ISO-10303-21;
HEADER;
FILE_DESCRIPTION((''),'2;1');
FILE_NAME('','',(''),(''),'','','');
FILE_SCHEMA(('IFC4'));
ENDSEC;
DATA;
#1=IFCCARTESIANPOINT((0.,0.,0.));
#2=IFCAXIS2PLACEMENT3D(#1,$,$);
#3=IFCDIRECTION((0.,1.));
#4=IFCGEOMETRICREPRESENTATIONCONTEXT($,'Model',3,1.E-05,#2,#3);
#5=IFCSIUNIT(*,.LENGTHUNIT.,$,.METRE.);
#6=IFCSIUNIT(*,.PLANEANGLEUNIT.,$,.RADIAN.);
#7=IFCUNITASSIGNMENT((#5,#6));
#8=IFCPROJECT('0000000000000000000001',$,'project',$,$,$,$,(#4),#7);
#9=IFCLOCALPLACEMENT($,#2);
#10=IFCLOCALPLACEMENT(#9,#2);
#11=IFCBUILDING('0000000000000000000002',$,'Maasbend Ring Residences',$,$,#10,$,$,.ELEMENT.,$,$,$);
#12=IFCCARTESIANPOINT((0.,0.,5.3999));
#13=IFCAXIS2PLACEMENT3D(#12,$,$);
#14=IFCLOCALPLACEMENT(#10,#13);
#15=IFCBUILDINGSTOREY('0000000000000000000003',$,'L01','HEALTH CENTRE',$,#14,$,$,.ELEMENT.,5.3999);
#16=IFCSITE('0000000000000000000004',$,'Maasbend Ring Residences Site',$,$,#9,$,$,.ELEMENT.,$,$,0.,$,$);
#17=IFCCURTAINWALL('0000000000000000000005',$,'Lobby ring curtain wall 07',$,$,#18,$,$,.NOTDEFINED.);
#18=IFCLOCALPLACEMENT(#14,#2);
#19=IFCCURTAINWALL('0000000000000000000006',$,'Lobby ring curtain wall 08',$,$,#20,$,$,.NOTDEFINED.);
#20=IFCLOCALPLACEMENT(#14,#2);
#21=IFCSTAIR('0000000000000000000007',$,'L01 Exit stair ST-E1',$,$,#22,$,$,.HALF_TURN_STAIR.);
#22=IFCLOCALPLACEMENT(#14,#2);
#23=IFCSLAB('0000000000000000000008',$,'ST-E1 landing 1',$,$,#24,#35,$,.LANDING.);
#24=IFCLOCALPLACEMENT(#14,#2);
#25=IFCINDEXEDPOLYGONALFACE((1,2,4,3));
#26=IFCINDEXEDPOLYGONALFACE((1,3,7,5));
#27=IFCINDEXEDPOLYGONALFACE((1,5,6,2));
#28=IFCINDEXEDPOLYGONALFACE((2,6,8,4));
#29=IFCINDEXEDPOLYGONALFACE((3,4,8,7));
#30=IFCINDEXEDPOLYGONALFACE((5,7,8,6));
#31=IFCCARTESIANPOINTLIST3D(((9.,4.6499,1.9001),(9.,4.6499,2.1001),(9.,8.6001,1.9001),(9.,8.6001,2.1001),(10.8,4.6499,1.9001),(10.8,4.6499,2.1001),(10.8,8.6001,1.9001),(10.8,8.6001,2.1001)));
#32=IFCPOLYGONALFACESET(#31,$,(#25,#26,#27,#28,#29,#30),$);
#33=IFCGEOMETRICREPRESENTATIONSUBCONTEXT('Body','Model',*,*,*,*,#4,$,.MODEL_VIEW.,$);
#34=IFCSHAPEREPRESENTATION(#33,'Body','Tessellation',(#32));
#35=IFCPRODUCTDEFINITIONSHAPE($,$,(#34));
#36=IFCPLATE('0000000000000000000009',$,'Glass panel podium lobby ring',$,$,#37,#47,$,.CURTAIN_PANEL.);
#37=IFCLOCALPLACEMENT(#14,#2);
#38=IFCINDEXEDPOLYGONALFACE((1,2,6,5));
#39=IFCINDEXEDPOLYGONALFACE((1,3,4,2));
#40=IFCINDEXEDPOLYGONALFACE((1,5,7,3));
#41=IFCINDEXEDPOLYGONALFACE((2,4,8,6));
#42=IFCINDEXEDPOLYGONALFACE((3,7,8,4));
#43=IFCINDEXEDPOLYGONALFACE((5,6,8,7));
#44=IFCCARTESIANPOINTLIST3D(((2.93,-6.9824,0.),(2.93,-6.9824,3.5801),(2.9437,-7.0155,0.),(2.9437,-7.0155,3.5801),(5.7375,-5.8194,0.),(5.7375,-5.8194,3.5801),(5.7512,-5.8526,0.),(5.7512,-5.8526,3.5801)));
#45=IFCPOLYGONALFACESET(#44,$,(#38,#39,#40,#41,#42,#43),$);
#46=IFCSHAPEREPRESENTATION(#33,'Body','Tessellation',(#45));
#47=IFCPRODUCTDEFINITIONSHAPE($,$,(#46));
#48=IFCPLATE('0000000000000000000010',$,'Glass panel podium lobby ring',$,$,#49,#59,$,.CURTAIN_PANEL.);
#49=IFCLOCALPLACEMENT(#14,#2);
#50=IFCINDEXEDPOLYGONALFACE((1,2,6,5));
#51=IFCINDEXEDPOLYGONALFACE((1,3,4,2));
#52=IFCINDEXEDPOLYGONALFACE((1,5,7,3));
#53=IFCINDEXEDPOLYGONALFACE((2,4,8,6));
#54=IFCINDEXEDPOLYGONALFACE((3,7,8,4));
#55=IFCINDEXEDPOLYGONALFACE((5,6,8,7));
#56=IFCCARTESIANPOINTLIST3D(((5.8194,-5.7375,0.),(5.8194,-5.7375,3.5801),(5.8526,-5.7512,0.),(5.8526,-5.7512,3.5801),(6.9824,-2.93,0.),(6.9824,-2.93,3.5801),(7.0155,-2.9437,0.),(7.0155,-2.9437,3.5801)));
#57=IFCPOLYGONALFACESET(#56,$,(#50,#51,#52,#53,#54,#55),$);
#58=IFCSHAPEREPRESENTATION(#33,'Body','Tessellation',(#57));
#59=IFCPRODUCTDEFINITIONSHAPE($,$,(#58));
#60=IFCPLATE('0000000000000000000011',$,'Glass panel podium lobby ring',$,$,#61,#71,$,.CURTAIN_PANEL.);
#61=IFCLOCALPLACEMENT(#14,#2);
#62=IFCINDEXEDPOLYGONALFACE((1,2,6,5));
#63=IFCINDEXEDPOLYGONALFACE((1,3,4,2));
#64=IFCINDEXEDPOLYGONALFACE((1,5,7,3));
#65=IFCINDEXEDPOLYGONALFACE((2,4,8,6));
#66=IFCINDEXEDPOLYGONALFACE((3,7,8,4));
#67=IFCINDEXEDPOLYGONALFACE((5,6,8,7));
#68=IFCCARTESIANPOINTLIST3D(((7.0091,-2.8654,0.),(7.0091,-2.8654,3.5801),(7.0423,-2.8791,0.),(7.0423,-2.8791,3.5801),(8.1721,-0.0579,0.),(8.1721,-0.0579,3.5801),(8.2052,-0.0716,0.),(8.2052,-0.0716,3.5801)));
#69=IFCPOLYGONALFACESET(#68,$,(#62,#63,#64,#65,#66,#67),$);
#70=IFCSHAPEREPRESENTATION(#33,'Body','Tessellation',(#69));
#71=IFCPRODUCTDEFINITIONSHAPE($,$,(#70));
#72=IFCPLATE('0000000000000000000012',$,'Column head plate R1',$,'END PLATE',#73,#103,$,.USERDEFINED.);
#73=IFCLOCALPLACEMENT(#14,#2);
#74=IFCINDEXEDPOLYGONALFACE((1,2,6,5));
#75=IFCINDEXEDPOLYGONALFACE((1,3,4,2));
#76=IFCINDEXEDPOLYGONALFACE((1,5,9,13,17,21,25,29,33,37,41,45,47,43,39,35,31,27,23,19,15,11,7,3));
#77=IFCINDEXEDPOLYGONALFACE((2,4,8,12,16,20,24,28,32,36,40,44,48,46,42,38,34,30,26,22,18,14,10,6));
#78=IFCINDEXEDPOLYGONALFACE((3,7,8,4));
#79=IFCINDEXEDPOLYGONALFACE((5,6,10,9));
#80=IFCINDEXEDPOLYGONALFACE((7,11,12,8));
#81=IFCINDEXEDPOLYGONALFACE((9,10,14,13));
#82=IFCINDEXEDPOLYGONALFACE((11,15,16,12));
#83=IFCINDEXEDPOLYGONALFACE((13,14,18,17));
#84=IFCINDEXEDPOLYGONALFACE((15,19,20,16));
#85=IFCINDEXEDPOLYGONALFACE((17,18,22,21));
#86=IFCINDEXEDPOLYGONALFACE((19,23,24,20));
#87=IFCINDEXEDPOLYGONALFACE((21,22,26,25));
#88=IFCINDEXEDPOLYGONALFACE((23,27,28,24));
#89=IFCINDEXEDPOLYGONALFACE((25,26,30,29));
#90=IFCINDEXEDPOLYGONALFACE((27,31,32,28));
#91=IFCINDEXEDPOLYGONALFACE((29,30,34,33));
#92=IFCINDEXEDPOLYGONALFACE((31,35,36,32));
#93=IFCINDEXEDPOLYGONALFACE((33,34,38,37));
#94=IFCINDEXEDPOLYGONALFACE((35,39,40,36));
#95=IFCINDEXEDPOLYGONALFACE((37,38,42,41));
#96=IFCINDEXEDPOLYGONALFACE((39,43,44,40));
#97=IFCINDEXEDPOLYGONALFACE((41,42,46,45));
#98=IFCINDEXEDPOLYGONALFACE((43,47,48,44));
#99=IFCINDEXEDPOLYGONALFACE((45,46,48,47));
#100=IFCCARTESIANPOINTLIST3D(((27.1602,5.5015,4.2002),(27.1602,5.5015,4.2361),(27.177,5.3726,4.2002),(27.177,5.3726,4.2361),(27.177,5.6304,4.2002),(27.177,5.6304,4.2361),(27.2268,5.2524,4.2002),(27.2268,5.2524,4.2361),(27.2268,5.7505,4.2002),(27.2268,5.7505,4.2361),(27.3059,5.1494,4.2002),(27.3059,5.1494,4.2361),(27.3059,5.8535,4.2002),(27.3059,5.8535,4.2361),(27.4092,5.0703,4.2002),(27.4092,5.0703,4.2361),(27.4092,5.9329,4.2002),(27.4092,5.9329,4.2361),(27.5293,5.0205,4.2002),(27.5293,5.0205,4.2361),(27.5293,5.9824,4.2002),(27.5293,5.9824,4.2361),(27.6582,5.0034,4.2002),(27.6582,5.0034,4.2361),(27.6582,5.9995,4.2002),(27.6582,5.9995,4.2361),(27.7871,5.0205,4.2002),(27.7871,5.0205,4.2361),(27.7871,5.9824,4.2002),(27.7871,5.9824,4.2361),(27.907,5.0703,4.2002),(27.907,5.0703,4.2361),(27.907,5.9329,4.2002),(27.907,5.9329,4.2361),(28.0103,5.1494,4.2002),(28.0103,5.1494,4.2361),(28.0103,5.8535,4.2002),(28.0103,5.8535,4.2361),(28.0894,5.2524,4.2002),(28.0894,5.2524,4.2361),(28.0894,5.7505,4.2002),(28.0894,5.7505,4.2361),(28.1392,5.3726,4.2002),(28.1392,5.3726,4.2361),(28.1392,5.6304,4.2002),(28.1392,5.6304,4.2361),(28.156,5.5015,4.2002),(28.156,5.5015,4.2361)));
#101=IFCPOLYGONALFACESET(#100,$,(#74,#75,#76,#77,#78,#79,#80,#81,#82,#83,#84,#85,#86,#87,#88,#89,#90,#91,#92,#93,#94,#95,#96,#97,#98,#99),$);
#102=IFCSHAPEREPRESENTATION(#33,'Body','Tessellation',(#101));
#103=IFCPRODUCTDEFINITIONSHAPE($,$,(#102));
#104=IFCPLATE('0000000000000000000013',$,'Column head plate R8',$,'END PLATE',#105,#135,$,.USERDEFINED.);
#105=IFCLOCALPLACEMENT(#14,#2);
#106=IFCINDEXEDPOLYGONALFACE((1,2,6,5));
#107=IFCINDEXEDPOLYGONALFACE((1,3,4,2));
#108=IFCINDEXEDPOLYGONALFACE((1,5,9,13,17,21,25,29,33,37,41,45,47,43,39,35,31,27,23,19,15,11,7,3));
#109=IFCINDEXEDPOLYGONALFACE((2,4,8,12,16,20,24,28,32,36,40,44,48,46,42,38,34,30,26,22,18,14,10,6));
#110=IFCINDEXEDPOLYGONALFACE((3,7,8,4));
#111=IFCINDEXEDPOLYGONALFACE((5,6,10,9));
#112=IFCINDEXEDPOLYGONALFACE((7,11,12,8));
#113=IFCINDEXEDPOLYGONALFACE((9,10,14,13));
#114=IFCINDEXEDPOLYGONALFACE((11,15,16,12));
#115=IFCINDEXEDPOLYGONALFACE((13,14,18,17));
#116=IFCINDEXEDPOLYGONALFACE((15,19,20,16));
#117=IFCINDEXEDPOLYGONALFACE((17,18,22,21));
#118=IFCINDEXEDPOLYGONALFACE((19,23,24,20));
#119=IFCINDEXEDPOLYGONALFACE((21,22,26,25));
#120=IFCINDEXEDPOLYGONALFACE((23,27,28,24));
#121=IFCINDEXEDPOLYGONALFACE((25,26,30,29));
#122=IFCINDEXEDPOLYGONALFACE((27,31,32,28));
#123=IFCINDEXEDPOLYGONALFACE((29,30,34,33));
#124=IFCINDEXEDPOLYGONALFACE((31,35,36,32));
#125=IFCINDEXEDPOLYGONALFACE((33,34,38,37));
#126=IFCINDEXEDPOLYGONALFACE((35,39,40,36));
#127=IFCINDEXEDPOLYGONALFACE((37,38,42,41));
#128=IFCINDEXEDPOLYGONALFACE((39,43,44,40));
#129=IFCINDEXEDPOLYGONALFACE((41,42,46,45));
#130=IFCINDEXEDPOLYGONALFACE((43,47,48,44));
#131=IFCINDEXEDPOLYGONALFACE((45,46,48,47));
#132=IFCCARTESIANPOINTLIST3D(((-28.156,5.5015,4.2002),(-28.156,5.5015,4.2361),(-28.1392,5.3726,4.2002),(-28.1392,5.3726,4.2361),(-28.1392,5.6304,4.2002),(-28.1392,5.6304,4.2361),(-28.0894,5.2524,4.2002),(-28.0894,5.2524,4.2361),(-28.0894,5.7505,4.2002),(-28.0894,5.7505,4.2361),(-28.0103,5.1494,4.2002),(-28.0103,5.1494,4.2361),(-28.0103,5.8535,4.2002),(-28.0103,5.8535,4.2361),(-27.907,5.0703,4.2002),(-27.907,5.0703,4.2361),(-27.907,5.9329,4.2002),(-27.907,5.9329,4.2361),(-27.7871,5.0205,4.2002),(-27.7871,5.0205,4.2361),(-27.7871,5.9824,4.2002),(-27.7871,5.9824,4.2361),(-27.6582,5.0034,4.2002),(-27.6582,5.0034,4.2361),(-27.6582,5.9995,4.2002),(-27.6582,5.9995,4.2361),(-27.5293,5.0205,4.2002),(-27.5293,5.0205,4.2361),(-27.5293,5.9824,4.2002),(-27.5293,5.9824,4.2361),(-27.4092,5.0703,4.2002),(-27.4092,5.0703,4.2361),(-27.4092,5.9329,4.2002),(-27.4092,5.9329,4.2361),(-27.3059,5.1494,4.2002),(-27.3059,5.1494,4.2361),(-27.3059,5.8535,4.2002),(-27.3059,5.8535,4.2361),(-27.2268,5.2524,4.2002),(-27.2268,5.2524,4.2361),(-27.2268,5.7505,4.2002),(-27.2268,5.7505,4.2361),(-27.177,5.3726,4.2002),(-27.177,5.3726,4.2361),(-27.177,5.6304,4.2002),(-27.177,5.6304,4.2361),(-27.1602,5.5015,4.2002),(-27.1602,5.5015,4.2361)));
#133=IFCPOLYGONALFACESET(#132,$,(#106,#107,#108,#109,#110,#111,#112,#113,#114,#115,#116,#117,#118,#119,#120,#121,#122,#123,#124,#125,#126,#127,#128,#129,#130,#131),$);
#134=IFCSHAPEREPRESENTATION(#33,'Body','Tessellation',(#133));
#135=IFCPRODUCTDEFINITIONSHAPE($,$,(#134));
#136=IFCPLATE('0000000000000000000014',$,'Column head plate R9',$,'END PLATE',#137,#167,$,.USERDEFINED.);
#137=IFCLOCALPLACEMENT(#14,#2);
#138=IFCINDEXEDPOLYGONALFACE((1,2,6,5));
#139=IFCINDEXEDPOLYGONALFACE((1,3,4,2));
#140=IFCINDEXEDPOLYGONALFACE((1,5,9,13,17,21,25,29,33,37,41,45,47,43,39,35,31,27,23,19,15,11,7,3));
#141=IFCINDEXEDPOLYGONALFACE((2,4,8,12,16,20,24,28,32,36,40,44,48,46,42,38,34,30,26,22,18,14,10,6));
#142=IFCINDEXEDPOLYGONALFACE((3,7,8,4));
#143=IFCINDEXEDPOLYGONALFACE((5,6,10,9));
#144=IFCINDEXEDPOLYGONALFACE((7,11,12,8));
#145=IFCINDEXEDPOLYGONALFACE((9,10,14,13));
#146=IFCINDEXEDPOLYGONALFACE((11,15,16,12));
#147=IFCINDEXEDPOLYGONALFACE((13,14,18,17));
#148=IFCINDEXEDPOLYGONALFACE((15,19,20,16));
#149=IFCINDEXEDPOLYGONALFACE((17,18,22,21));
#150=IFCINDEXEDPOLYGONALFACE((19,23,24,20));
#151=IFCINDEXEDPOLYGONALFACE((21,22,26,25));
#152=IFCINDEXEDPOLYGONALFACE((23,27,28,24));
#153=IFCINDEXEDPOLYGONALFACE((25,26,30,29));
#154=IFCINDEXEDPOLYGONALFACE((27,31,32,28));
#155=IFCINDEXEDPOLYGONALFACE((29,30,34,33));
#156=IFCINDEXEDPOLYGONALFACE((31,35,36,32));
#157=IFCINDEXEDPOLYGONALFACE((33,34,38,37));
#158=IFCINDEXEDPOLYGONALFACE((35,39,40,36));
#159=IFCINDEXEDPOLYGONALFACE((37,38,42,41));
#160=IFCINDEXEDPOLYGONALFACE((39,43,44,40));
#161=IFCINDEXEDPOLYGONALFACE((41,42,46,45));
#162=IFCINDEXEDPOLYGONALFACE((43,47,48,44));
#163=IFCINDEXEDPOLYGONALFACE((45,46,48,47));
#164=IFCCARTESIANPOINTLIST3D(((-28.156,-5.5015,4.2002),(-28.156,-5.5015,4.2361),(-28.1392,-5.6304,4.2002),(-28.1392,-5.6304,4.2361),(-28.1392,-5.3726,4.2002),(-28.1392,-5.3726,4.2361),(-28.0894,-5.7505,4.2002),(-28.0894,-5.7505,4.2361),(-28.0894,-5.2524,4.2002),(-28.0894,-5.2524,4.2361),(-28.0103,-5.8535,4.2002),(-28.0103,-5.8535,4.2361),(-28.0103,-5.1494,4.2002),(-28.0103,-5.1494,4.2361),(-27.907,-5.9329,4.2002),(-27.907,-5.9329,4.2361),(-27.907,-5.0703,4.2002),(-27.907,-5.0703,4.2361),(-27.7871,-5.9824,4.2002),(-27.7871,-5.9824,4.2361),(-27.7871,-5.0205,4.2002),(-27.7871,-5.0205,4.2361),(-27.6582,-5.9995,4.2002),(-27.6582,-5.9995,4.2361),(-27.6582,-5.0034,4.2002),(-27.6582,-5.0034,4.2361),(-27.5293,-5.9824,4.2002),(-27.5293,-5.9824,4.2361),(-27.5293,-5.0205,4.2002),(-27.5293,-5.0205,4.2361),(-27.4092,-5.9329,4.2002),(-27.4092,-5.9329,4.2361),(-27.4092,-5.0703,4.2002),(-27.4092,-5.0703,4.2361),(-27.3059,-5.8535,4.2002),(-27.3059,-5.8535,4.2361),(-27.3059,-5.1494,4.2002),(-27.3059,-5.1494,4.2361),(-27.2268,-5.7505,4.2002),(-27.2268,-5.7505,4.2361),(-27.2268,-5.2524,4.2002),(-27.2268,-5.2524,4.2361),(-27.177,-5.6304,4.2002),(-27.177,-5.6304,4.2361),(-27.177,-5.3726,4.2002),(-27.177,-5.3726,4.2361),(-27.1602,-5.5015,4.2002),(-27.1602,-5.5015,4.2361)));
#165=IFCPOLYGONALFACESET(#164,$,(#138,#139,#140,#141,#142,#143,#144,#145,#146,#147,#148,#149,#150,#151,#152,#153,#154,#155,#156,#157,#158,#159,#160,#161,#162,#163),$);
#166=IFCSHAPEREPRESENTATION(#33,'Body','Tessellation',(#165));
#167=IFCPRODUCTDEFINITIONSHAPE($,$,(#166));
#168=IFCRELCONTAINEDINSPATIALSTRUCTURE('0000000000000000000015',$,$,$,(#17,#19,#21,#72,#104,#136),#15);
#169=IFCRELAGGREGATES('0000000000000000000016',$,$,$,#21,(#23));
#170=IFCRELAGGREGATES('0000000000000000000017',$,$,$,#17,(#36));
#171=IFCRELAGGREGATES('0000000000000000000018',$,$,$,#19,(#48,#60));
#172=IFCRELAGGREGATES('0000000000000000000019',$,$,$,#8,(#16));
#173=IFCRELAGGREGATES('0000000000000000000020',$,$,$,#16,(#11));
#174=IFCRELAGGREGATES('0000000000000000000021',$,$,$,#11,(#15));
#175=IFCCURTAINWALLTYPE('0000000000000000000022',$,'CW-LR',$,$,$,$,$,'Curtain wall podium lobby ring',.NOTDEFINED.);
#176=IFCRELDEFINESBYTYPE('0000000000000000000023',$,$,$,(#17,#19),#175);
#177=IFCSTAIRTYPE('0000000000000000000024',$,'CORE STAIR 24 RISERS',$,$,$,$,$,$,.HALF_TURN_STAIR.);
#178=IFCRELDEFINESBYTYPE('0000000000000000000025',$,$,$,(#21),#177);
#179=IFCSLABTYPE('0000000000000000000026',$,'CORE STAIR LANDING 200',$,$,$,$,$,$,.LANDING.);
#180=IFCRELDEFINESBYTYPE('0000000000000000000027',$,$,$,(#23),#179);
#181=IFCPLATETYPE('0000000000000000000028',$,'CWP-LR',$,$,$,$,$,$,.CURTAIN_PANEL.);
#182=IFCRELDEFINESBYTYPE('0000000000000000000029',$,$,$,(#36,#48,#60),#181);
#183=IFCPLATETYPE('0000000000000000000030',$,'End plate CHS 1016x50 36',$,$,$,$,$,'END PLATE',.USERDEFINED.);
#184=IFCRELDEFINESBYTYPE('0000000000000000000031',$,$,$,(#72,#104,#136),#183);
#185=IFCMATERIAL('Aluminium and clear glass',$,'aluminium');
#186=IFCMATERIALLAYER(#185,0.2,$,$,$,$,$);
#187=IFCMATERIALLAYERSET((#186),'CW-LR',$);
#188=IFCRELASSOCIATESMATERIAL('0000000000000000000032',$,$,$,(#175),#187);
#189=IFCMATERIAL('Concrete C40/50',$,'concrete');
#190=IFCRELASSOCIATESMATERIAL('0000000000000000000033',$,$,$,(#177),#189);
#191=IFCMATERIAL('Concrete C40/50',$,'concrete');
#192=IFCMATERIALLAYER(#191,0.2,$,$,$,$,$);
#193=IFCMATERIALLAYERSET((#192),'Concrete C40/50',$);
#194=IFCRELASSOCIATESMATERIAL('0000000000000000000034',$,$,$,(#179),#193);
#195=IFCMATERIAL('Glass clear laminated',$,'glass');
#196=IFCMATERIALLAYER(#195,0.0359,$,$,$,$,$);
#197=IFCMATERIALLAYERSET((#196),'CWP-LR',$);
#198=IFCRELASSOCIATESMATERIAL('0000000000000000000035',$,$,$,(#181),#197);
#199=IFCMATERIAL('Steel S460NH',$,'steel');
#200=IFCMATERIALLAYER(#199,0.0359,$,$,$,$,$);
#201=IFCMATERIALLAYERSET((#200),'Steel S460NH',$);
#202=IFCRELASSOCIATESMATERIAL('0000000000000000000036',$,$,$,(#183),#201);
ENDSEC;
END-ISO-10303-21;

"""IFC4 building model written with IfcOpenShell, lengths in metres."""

from ifc_helpers import new_model, si_unit, direction, frame, origin, origin_2d, place, context, subcontext, project, spatial, polyline, rectangle, outline, extrude, material, layer, layer_set, type_object, element, aggregate, save


model = new_model("IFC4")

# Units and contexts
model_context = context("Model", 3, precision=1e-05, world=origin(), true_north=direction((0.0, 1.0)))
body_context = subcontext(model_context, "Body", "Model", "MODEL_VIEW")
ifc_project = project(units=[si_unit("LENGTHUNIT", "METRE"), si_unit("PLANEANGLEUNIT", "RADIAN")], contexts=[model_context])

# Site, building, storey
site_placement = place(None, origin())
site = spatial("IfcSite", under=ifc_project, at=site_placement, Name="Maasbend Ring Residences Site", CompositionType="ELEMENT", RefElevation=0.0)
building_placement = place(site_placement, origin())
building = spatial("IfcBuilding", under=site, at=building_placement, Name="Maasbend Ring Residences", CompositionType="ELEMENT")
storey_placement = place(building_placement, frame((0.0, 0.0, 5.3999)))
storey = spatial("IfcBuildingStorey", under=building, at=storey_placement, Name="L01", Description="HEALTH CENTRE", CompositionType="ELEMENT", Elevation=5.3999)

# Curtain walls
ifc_material_1 = material(Name="Aluminium and clear glass", Category="aluminium")
ifc_layer_1 = layer(ifc_material_1, 0.2)
ifc_layer_set_1 = layer_set([ifc_layer_1], Name="CW-LR")
curtain_wall_type = type_object("IfcCurtainWallType", Name="CW-LR", ElementType="Curtain wall podium lobby ring", PredefinedType="NOTDEFINED", material=ifc_layer_set_1)
curtain_wall_1_placement = place(storey_placement, origin())
curtain_wall_1 = element("IfcCurtainWall", 1, at=curtain_wall_1_placement, inside=storey, type_object=curtain_wall_type, Name="Lobby ring curtain wall 07", PredefinedType="NOTDEFINED")
curtain_wall_2_placement = place(storey_placement, origin())
curtain_wall_2 = element("IfcCurtainWall", 2, at=curtain_wall_2_placement, inside=storey, type_object=curtain_wall_type, Name="Lobby ring curtain wall 08", PredefinedType="NOTDEFINED")

# Stair, slab
ifc_material_2 = material(Name="Concrete C40/50", Category="concrete")
stair_type = type_object("IfcStairType", Name="CORE STAIR 24 RISERS", PredefinedType="HALF_TURN_STAIR", material=ifc_material_2)
stair_placement = place(storey_placement, origin())
stair = element("IfcStair", 3, at=stair_placement, inside=storey, type_object=stair_type, Name="L01 Exit stair ST-E1", PredefinedType="HALF_TURN_STAIR")
ifc_material_3 = material(Name="Concrete C40/50", Category="concrete")
ifc_layer_2 = layer(ifc_material_3, 0.2)
ifc_layer_set_2 = layer_set([ifc_layer_2], Name="Concrete C40/50")
slab_type_1 = type_object("IfcSlabType", Name="CORE STAIR LANDING 200", PredefinedType="LANDING", material=ifc_layer_set_2)
slab_1_placement = place(storey_placement, frame((0.0, 0.0, 1.9001)))
slab_1 = element("IfcSlab", 4, at=slab_1_placement, type_object=slab_type_1, Name="ST-E1 landing 1", PredefinedType="LANDING", context=body_context, shape_type="SweptSolid", body=[
    extrude(outline(polyline([(10.8, 8.6001), (9.0, 8.6001), (9.0, 4.6499), (10.8, 4.6499), (10.8, 8.6001)])), origin(), (0.0, 0.0, 1.0), 0.2),
])
aggregate(stair, [slab_1])

# Plates
ifc_material_4 = material(Name="Glass clear laminated", Category="glass")
ifc_layer_3 = layer(ifc_material_4, 0.0359)
ifc_layer_set_3 = layer_set([ifc_layer_3], Name="CWP-LR")
plate_type_1 = type_object("IfcPlateType", Name="CWP-LR", PredefinedType="CURTAIN_PANEL", material=ifc_layer_set_3)
plate_1_placement = place(storey_placement, frame((4.3406, -6.4175, 0.0), z_axis=(0.0, 0.0, 1.0), x_axis=(0.92388, 0.382683, 0.0)))
plate_1 = element("IfcPlate", 5, at=plate_1_placement, type_object=plate_type_1, Name="Glass panel podium lobby ring", PredefinedType="CURTAIN_PANEL", context=body_context, shape_type="SweptSolid", body=[
    extrude(rectangle(XDim=3.0388, YDim=0.0359, at=origin_2d()), origin(), (0.0, 0.0, 1.0), 3.5801),
])
aggregate(curtain_wall_1, [plate_1])
plate_2_placement = place(storey_placement, frame((6.4175, -4.3406, 0.0), z_axis=(0.0, 0.0, 1.0), x_axis=(0.382683, 0.92388, 0.0)))
plate_2 = element("IfcPlate", 6, at=plate_2_placement, type_object=plate_type_1, Name="Glass panel podium lobby ring", PredefinedType="CURTAIN_PANEL", context=body_context, shape_type="SweptSolid", body=[
    extrude(rectangle(XDim=3.0388, YDim=0.0359, at=origin_2d()), origin(), (0.0, 0.0, 1.0), 3.5801),
])
plate_3_placement = place(storey_placement, frame((7.6072, -1.4685, 0.0), z_axis=(0.0, 0.0, 1.0), x_axis=(0.382683, 0.92388, 0.0)))
plate_3 = element("IfcPlate", 7, at=plate_3_placement, type_object=plate_type_1, Name="Glass panel podium lobby ring", PredefinedType="CURTAIN_PANEL", context=body_context, shape_type="SweptSolid", body=[
    extrude(rectangle(XDim=3.0388, YDim=0.0359, at=origin_2d()), origin(), (0.0, 0.0, 1.0), 3.5801),
])
aggregate(curtain_wall_2, [plate_2, plate_3])

# Plates
ifc_material_5 = material(Name="Steel S460NH", Category="steel")
ifc_layer_4 = layer(ifc_material_5, 0.0359)
ifc_layer_set_4 = layer_set([ifc_layer_4], Name="Steel S460NH")
plate_type_2 = type_object("IfcPlateType", Name="End plate CHS 1016x50 36", ElementType="END PLATE", PredefinedType="USERDEFINED", material=ifc_layer_set_4)
plate_4_placement = place(storey_placement, frame((0.0, 0.0, 4.2002)))
element("IfcPlate", 8, at=plate_4_placement, inside=storey, type_object=plate_type_2, Name="Column head plate R1", ObjectType="END PLATE", PredefinedType="USERDEFINED", context=body_context, shape_type="SweptSolid", body=[
    extrude(outline(polyline([(28.156, 5.5015), (28.1392, 5.6304), (28.0894, 5.7505), (28.0103, 5.8535), (27.907, 5.9329), (27.7871, 5.9824), (27.6582, 5.9995), (27.5293, 5.9824), (27.4092, 5.9329), (27.3059, 5.8535), (27.2268, 5.7505), (27.177, 5.6304), (27.1602, 5.5015), (27.177, 5.3726), (27.2268, 5.2524), (27.3059, 5.1494), (27.4092, 5.0703), (27.5293, 5.0205), (27.6582, 5.0034), (27.7871, 5.0205), (27.907, 5.0703), (28.0103, 5.1494), (28.0894, 5.2524), (28.1392, 5.3726), (28.156, 5.5015)])), origin(), (0.0, 0.0, 1.0), 0.0359),
])
plate_5_placement = place(storey_placement, frame((0.0, 0.0, 4.2002)))
element("IfcPlate", 9, at=plate_5_placement, inside=storey, type_object=plate_type_2, Name="Column head plate R8", ObjectType="END PLATE", PredefinedType="USERDEFINED", context=body_context, shape_type="SweptSolid", body=[
    extrude(outline(polyline([(-27.1602, 5.5015), (-27.177, 5.6304), (-27.2268, 5.7505), (-27.3059, 5.8535), (-27.4092, 5.9329), (-27.5293, 5.9824), (-27.6582, 5.9995), (-27.7871, 5.9824), (-27.907, 5.9329), (-28.0103, 5.8535), (-28.0894, 5.7505), (-28.1392, 5.6304), (-28.156, 5.5015), (-28.1392, 5.3726), (-28.0894, 5.2524), (-28.0103, 5.1494), (-27.907, 5.0703), (-27.7871, 5.0205), (-27.6582, 5.0034), (-27.5293, 5.0205), (-27.4092, 5.0703), (-27.3059, 5.1494), (-27.2268, 5.2524), (-27.177, 5.3726), (-27.1602, 5.5015)])), origin(), (0.0, 0.0, 1.0), 0.0359),
])
plate_6_placement = place(storey_placement, frame((0.0, 0.0, 4.2002)))
element("IfcPlate", 10, at=plate_6_placement, inside=storey, type_object=plate_type_2, Name="Column head plate R9", ObjectType="END PLATE", PredefinedType="USERDEFINED", context=body_context, shape_type="SweptSolid", body=[
    extrude(outline(polyline([(-27.1602, -5.5015), (-27.177, -5.3726), (-27.2268, -5.2524), (-27.3059, -5.1494), (-27.4092, -5.0703), (-27.5293, -5.0205), (-27.6582, -5.0034), (-27.7871, -5.0205), (-27.907, -5.0703), (-28.0103, -5.1494), (-28.0894, -5.2524), (-28.1392, -5.3726), (-28.156, -5.5015), (-28.1392, -5.6304), (-28.0894, -5.7505), (-28.0103, -5.8535), (-27.907, -5.9329), (-27.7871, -5.9824), (-27.6582, -5.9995), (-27.5293, -5.9824), (-27.4092, -5.9329), (-27.3059, -5.8535), (-27.2268, -5.7505), (-27.177, -5.6304), (-27.1602, -5.5015)])), origin(), (0.0, 0.0, 1.0), 0.0359),
])

save(model, "model.ifc")
